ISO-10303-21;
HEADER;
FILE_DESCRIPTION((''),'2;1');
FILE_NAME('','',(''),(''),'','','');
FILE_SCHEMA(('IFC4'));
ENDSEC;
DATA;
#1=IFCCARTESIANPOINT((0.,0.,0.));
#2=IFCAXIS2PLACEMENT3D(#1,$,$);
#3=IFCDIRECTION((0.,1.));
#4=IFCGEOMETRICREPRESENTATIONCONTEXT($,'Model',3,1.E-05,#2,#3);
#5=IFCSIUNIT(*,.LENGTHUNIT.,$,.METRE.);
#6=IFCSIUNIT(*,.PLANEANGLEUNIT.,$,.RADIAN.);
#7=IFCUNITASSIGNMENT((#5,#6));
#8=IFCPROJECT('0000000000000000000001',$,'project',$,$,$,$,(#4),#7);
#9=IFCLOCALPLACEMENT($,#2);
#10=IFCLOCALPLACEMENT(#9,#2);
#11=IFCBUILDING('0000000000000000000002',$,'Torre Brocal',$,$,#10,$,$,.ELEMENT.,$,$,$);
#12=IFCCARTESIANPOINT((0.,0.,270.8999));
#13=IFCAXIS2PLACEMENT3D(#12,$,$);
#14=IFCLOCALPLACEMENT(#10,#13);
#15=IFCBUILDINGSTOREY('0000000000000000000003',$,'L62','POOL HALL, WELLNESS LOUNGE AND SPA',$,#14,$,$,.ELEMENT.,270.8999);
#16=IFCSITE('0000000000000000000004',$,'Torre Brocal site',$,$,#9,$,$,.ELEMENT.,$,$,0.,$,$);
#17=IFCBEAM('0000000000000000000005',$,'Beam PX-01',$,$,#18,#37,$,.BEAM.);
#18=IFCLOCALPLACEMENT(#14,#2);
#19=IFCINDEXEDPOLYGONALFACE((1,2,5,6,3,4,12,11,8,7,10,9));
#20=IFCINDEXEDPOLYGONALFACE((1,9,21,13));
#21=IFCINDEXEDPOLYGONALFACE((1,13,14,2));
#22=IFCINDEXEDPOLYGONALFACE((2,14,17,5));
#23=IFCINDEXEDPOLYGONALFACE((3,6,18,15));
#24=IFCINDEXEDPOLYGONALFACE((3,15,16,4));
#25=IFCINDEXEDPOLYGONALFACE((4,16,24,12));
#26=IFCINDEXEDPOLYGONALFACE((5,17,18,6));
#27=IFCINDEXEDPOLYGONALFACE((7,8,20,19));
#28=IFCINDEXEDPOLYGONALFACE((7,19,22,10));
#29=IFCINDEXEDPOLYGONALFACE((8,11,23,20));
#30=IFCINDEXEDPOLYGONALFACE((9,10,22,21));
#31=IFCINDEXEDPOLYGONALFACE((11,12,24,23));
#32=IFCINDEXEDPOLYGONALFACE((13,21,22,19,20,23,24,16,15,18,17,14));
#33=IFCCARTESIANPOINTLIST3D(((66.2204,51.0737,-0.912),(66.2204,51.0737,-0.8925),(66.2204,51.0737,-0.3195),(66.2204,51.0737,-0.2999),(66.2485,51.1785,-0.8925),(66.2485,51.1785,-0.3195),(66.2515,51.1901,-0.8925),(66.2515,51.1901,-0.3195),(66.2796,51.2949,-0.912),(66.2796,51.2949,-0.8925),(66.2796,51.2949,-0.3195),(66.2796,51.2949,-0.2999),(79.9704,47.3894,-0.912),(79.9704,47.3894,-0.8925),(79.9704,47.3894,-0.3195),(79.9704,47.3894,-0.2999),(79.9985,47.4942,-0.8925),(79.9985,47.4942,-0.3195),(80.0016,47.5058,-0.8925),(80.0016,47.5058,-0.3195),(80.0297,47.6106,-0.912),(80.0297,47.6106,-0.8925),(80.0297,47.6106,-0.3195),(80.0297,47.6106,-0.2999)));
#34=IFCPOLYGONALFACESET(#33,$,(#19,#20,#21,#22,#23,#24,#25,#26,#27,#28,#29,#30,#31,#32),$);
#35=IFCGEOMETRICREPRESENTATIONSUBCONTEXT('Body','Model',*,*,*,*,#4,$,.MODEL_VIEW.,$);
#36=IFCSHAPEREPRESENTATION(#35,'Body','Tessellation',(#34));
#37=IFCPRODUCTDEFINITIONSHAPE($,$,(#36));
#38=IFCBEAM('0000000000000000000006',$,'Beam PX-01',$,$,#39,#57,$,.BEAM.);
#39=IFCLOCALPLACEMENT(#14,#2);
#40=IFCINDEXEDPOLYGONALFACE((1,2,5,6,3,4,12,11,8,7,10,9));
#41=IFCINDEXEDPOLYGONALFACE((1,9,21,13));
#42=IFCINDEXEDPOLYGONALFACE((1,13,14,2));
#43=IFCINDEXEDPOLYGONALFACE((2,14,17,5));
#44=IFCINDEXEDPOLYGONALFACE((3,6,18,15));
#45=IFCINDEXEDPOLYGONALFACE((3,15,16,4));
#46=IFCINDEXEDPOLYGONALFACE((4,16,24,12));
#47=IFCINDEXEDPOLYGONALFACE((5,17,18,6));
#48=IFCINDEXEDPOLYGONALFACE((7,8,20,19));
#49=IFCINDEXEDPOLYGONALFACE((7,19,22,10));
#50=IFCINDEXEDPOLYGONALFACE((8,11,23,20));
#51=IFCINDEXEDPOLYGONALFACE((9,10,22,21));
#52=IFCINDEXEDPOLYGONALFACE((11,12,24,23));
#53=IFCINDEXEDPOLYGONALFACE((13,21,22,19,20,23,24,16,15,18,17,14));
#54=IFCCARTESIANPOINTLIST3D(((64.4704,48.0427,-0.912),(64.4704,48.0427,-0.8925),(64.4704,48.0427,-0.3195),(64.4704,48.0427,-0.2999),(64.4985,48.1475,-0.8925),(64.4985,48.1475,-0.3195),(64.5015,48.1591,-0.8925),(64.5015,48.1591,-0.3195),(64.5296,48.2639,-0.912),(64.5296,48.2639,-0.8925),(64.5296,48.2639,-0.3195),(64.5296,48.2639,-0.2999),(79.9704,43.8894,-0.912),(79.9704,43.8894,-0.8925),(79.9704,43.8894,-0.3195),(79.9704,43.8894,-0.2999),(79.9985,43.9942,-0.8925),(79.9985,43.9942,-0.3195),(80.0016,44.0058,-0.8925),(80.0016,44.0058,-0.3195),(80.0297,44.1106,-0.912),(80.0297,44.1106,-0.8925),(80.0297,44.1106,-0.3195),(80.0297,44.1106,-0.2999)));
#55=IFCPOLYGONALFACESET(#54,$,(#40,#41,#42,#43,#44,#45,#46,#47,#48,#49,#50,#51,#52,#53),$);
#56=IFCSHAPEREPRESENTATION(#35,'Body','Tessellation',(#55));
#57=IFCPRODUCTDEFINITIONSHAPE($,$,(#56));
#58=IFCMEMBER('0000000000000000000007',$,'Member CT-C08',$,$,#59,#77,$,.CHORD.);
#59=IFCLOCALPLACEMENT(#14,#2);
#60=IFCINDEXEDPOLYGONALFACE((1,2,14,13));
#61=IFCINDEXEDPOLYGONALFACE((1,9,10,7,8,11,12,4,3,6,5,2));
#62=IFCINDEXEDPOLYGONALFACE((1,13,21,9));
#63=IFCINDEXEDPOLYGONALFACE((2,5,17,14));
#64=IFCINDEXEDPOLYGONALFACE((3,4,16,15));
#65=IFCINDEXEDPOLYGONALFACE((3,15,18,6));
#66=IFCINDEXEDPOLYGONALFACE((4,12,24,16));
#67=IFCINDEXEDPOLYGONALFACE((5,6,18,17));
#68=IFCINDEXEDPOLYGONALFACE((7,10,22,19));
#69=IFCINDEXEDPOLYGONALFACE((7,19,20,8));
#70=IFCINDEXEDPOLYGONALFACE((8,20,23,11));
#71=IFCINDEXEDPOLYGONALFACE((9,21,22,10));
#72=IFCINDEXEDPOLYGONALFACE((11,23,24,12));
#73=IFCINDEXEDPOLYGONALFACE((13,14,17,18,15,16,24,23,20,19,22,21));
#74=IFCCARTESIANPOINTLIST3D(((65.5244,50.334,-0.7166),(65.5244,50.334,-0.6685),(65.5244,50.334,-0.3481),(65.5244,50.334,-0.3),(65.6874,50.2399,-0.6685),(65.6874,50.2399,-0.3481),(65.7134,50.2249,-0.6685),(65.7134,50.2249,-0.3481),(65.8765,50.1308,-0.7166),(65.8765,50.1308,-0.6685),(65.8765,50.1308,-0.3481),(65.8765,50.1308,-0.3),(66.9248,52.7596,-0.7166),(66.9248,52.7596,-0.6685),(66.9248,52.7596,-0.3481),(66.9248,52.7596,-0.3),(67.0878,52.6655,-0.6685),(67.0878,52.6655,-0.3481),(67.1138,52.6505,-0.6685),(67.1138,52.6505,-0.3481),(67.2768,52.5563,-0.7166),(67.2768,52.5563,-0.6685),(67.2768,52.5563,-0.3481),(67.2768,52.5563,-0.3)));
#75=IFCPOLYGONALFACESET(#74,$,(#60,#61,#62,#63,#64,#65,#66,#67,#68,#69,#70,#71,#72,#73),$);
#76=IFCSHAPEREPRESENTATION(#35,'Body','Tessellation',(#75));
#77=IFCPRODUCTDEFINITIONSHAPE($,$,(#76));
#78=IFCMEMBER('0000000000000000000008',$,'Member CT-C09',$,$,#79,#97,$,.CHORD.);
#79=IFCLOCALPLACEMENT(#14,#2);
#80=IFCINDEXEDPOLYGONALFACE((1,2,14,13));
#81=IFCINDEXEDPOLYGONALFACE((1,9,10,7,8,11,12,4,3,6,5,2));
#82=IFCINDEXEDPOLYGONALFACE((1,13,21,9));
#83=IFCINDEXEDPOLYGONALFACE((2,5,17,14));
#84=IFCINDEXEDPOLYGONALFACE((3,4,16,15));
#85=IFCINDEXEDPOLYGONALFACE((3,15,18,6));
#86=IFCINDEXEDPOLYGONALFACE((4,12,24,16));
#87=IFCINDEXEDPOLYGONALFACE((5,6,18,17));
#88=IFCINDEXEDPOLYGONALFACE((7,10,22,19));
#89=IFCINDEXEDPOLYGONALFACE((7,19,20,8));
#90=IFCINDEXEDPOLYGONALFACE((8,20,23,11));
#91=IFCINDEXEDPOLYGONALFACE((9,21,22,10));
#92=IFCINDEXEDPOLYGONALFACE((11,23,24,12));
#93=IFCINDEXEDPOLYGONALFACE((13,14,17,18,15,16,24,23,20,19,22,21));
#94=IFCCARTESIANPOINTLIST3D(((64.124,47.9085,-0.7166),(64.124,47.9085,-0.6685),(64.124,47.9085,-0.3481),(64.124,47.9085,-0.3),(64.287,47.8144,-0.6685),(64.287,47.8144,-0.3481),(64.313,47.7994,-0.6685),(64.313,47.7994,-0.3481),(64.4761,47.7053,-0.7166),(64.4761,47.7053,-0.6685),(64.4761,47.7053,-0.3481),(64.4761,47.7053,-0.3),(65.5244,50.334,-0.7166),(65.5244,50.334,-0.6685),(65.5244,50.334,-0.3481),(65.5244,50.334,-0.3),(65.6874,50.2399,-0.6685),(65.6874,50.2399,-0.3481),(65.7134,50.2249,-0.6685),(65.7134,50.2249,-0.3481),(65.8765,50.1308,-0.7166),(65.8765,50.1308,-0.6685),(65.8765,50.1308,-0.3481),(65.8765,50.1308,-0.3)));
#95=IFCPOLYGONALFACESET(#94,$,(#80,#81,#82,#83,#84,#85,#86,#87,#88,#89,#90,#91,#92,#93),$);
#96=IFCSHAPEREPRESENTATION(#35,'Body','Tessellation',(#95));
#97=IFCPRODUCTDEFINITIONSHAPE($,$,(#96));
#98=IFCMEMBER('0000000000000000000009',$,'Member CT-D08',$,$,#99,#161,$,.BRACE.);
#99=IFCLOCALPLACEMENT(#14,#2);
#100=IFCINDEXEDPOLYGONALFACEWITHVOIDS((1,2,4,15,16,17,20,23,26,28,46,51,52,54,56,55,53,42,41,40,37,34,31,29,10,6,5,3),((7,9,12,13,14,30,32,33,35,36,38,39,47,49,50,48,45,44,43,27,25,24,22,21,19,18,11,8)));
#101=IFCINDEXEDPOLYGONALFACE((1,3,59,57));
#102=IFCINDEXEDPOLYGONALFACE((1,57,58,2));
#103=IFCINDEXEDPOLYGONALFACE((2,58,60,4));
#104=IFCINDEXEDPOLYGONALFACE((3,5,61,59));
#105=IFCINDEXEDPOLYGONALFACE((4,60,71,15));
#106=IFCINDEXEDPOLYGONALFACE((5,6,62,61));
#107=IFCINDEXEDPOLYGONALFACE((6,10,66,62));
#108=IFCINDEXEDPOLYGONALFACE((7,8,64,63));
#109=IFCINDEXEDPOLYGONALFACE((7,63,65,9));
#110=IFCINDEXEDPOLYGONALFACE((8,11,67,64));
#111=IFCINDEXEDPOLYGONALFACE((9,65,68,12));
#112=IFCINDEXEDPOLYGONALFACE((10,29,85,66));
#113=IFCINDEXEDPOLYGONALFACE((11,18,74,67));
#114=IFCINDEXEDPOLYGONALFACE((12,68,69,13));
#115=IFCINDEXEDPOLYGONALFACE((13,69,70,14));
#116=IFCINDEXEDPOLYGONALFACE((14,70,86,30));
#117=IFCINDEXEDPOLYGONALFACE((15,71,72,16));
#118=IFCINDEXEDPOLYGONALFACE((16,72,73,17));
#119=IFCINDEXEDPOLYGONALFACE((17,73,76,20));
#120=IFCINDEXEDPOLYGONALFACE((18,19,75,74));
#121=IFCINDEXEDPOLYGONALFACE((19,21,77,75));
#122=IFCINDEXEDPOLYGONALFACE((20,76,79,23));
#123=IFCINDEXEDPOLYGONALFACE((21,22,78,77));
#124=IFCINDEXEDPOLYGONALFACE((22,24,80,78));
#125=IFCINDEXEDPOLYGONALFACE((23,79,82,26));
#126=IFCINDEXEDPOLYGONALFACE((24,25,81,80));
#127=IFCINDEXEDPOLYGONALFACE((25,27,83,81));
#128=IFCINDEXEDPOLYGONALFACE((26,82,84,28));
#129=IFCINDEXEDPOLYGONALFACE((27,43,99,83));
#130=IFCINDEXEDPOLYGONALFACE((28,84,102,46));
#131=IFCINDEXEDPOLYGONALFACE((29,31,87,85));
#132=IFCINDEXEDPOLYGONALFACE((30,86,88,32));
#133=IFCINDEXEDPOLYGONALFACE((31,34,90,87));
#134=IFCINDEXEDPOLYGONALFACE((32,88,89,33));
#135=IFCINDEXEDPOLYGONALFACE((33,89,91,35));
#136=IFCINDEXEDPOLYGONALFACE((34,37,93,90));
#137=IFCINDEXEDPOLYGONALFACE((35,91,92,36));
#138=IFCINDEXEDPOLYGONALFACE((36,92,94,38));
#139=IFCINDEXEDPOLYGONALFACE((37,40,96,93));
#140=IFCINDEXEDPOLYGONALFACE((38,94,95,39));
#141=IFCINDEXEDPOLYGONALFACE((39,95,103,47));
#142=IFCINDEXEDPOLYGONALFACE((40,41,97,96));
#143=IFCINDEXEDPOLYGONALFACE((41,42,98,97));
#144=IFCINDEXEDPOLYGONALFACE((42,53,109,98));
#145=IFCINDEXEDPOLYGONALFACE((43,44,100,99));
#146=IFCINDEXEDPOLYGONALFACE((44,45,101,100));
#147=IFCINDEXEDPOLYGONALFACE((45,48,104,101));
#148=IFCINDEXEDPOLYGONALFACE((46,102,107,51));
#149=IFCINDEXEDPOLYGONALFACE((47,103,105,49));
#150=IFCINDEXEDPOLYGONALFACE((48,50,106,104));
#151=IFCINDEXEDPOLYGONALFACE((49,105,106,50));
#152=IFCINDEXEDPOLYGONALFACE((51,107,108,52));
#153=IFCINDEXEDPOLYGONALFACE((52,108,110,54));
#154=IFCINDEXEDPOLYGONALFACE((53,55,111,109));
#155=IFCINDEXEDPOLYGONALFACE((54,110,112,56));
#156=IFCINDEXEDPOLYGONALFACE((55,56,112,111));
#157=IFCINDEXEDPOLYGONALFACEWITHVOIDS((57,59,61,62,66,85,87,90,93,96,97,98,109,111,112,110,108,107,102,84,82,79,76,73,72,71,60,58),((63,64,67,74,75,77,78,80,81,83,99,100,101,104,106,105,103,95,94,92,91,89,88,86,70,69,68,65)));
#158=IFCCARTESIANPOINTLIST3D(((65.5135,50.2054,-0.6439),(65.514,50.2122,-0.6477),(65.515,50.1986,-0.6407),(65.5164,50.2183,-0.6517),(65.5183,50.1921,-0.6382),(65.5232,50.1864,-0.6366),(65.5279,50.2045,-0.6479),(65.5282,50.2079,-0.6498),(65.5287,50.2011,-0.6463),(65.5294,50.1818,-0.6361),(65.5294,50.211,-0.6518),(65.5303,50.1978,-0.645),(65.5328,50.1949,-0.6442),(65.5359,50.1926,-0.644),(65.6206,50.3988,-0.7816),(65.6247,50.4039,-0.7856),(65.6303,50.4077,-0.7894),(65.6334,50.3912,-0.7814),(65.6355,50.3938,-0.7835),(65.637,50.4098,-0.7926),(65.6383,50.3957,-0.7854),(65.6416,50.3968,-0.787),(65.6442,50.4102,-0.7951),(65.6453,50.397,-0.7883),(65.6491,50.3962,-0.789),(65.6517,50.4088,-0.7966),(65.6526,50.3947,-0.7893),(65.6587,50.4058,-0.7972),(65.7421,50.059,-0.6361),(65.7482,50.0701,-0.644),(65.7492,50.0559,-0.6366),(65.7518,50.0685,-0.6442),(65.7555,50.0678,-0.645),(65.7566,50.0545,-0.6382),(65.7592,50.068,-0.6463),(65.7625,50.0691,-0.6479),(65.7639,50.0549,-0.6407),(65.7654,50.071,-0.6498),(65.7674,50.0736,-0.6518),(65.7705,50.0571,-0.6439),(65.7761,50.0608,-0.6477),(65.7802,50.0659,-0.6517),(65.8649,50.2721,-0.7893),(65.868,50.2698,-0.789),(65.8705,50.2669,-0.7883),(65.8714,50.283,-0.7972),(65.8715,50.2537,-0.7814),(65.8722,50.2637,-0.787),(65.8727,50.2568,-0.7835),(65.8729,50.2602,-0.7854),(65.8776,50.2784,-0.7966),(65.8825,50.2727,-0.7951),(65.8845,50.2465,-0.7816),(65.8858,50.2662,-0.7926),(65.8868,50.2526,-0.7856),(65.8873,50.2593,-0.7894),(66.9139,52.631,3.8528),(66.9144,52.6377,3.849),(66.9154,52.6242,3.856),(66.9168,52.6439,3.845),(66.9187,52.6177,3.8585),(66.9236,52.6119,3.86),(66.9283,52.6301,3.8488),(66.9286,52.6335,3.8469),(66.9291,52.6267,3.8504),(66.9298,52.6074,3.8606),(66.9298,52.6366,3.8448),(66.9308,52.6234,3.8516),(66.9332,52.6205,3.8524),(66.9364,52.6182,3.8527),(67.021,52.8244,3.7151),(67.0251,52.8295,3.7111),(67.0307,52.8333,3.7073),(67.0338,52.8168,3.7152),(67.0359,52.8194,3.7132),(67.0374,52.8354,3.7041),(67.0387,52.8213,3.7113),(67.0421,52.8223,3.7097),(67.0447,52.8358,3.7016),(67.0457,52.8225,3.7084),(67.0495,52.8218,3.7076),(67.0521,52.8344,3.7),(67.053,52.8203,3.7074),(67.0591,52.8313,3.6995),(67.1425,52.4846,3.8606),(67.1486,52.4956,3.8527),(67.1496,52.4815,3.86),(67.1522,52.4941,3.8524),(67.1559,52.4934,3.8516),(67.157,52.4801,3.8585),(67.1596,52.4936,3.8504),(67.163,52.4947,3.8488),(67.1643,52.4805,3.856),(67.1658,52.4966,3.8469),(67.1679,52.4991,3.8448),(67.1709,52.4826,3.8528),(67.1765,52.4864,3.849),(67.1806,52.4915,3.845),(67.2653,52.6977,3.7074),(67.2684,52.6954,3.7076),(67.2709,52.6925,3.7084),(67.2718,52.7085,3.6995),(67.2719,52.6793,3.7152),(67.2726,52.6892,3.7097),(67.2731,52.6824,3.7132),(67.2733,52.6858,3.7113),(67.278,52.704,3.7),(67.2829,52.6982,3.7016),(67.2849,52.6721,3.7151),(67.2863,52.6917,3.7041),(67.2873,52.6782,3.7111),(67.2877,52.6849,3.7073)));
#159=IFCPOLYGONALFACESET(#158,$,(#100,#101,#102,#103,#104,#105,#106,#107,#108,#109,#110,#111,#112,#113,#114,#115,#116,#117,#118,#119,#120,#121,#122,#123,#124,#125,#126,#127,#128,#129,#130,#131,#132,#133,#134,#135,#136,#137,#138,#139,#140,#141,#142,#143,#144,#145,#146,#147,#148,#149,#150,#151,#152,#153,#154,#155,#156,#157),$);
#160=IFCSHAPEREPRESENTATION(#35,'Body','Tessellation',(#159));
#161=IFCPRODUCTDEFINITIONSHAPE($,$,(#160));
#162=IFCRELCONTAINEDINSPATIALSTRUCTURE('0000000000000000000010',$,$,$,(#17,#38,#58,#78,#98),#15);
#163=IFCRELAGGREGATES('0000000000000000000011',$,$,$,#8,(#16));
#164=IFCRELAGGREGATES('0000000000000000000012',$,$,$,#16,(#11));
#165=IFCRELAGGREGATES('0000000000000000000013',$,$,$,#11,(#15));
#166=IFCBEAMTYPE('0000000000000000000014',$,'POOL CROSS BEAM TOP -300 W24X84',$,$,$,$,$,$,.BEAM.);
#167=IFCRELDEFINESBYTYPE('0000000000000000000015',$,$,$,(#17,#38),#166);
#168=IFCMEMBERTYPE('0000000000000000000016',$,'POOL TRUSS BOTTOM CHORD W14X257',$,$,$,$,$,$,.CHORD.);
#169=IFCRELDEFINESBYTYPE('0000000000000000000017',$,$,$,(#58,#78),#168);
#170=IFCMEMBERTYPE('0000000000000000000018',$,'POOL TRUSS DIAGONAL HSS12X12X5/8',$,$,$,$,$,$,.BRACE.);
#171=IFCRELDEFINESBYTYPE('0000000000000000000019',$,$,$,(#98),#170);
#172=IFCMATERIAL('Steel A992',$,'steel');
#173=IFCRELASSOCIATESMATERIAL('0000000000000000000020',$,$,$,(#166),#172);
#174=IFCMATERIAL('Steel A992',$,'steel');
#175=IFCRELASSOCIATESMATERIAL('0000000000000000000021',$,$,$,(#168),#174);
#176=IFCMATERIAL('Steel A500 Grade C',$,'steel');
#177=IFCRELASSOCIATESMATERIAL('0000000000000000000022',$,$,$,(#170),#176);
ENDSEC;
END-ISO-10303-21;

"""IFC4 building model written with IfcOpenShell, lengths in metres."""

from ifc_helpers import new_model, si_unit, direction, frame, origin, origin_2d, place, context, subcontext, project, spatial, hollow_rectangle, i_section, extrude, material, material_profile, profile_set, type_object, element, save


model = new_model("IFC4")

# Units and contexts
model_context = context("Model", 3, precision=1e-05, world=origin(), true_north=direction((0.0, 1.0)))
body_context = subcontext(model_context, "Body", "Model", "MODEL_VIEW")
ifc_project = project(units=[si_unit("LENGTHUNIT", "METRE"), si_unit("PLANEANGLEUNIT", "RADIAN")], contexts=[model_context])

# Site, building, storey
site_placement = place(None, origin())
site = spatial("IfcSite", under=ifc_project, at=site_placement, Name="Torre Brocal site", CompositionType="ELEMENT", RefElevation=0.0)
building_placement = place(site_placement, origin())
building = spatial("IfcBuilding", under=site, at=building_placement, Name="Torre Brocal", CompositionType="ELEMENT")
storey_placement = place(building_placement, frame((0.0, 0.0, 270.8999)))
storey = spatial("IfcBuildingStorey", under=building, at=storey_placement, Name="L62", Description="POOL HALL, WELLNESS LOUNGE AND SPA", CompositionType="ELEMENT", Elevation=270.8999)

# Beams
ifc_material_1 = material(Name="Steel A992", Category="steel")
ifc_material_profile_1 = material_profile(ifc_material_1, i_section(OverallWidth=0.229, OverallDepth=0.6121, WebThickness=0.012, FlangeThickness=0.0195, at=origin_2d()), Name="W24X84")
ifc_profile_set_1 = profile_set([ifc_material_profile_1], Name="Steel A992")
beam_type = type_object("IfcBeamType", Name="POOL CROSS BEAM TOP -300 W24X84", PredefinedType="BEAM", material=ifc_profile_set_1)
beam_1_placement = place(storey_placement, frame((66.25, 51.1843, -0.606), z_axis=(0.965925, -0.258821, 0.0), x_axis=(0.258821, 0.965925, 0.0)))
element("IfcBeam", 1, at=beam_1_placement, inside=storey, type_object=beam_type, Name="Beam PX-01", PredefinedType="BEAM", context=body_context, shape_type="SweptSolid", body=[
    extrude(i_section(OverallWidth=0.229, OverallDepth=0.6121, WebThickness=0.012, FlangeThickness=0.0195, at=origin_2d()), origin(), (0.0, 0.0, 1.0), 14.2351),
])
beam_2_placement = place(storey_placement, frame((64.5, 48.1533, -0.606), z_axis=(0.965924, -0.258825, 0.0), x_axis=(0.258825, 0.965924, 0.0)))
element("IfcBeam", 2, at=beam_2_placement, inside=storey, type_object=beam_type, Name="Beam PX-01", PredefinedType="BEAM", context=body_context, shape_type="SweptSolid", body=[
    extrude(i_section(OverallWidth=0.229, OverallDepth=0.6121, WebThickness=0.012, FlangeThickness=0.0195, at=origin_2d()), origin(), (0.0, 0.0, 1.0), 16.0469),
])

# Members
ifc_material_2 = material(Name="Steel A992", Category="steel")
ifc_material_profile_2 = material_profile(ifc_material_2, i_section(OverallWidth=0.4065, OverallDepth=0.4165, WebThickness=0.03, FlangeThickness=0.0481, at=origin_2d()), Name="W14X257")
ifc_profile_set_2 = profile_set([ifc_material_profile_2], Name="Steel A992")
member_type_1 = type_object("IfcMemberType", Name="POOL TRUSS BOTTOM CHORD W14X257", PredefinedType="CHORD", material=ifc_profile_set_2)
for number, where, z_axis, x_axis, name in (
    (3, (67.1008, 52.658, -0.5083), (-0.500002, -0.866024, 0.0), (0.866024, -0.500002, 0.0), "Member CT-C08"),
    (4, (65.7004, 50.2324, -0.5083), (-0.500002, -0.866024, 0.0), (0.866024, -0.500002, 0.0), "Member CT-C09"),
):
    element("IfcMember", number, at=place(storey_placement, frame(where, z_axis=z_axis, x_axis=x_axis)), inside=storey, type_object=member_type_1, Name=name, PredefinedType="CHORD", context=body_context, shape_type="SweptSolid", body=[
        extrude(i_section(OverallWidth=0.4065, OverallDepth=0.4165, WebThickness=0.03, FlangeThickness=0.0481, at=origin_2d()), origin(), (0.0, 0.0, 1.0), 2.8008),
    ])
ifc_material_3 = material(Name="Steel A500 Grade C", Category="steel")
ifc_material_profile_3 = material_profile(ifc_material_3, hollow_rectangle(XDim=0.3047, YDim=0.3047, WallThickness=0.0149, InnerFilletRadius=0.0149, OuterFilletRadius=0.0295, at=origin_2d()), Name="HSS12X12X5/8")
ifc_profile_set_3 = profile_set([ifc_material_profile_3], Name="Steel A500 Grade C")
member_type_2 = type_object("IfcMemberType", Name="POOL TRUSS DIAGONAL HSS12X12X5/8", PredefinedType="BRACE", material=ifc_profile_set_3)
for number, where, z_axis, x_axis, name in (
    (5, (67.1008, 52.658, 3.78), (-0.264349, -0.457864, -0.848811), (0.866024, -0.500002, 0.0), "Member CT-D08"),
):
    element("IfcMember", number, at=place(storey_placement, frame(where, z_axis=z_axis, x_axis=x_axis)), inside=storey, type_object=member_type_2, Name=name, PredefinedType="BRACE", context=body_context, shape_type="SweptSolid", body=[
        extrude(hollow_rectangle(XDim=0.3047, YDim=0.3047, WallThickness=0.0149, InnerFilletRadius=0.0149, OuterFilletRadius=0.0295, at=origin_2d()), origin(), (0.0, 0.0, 1.0), 5.2976),
    ])

save(model, "model.ifc")
